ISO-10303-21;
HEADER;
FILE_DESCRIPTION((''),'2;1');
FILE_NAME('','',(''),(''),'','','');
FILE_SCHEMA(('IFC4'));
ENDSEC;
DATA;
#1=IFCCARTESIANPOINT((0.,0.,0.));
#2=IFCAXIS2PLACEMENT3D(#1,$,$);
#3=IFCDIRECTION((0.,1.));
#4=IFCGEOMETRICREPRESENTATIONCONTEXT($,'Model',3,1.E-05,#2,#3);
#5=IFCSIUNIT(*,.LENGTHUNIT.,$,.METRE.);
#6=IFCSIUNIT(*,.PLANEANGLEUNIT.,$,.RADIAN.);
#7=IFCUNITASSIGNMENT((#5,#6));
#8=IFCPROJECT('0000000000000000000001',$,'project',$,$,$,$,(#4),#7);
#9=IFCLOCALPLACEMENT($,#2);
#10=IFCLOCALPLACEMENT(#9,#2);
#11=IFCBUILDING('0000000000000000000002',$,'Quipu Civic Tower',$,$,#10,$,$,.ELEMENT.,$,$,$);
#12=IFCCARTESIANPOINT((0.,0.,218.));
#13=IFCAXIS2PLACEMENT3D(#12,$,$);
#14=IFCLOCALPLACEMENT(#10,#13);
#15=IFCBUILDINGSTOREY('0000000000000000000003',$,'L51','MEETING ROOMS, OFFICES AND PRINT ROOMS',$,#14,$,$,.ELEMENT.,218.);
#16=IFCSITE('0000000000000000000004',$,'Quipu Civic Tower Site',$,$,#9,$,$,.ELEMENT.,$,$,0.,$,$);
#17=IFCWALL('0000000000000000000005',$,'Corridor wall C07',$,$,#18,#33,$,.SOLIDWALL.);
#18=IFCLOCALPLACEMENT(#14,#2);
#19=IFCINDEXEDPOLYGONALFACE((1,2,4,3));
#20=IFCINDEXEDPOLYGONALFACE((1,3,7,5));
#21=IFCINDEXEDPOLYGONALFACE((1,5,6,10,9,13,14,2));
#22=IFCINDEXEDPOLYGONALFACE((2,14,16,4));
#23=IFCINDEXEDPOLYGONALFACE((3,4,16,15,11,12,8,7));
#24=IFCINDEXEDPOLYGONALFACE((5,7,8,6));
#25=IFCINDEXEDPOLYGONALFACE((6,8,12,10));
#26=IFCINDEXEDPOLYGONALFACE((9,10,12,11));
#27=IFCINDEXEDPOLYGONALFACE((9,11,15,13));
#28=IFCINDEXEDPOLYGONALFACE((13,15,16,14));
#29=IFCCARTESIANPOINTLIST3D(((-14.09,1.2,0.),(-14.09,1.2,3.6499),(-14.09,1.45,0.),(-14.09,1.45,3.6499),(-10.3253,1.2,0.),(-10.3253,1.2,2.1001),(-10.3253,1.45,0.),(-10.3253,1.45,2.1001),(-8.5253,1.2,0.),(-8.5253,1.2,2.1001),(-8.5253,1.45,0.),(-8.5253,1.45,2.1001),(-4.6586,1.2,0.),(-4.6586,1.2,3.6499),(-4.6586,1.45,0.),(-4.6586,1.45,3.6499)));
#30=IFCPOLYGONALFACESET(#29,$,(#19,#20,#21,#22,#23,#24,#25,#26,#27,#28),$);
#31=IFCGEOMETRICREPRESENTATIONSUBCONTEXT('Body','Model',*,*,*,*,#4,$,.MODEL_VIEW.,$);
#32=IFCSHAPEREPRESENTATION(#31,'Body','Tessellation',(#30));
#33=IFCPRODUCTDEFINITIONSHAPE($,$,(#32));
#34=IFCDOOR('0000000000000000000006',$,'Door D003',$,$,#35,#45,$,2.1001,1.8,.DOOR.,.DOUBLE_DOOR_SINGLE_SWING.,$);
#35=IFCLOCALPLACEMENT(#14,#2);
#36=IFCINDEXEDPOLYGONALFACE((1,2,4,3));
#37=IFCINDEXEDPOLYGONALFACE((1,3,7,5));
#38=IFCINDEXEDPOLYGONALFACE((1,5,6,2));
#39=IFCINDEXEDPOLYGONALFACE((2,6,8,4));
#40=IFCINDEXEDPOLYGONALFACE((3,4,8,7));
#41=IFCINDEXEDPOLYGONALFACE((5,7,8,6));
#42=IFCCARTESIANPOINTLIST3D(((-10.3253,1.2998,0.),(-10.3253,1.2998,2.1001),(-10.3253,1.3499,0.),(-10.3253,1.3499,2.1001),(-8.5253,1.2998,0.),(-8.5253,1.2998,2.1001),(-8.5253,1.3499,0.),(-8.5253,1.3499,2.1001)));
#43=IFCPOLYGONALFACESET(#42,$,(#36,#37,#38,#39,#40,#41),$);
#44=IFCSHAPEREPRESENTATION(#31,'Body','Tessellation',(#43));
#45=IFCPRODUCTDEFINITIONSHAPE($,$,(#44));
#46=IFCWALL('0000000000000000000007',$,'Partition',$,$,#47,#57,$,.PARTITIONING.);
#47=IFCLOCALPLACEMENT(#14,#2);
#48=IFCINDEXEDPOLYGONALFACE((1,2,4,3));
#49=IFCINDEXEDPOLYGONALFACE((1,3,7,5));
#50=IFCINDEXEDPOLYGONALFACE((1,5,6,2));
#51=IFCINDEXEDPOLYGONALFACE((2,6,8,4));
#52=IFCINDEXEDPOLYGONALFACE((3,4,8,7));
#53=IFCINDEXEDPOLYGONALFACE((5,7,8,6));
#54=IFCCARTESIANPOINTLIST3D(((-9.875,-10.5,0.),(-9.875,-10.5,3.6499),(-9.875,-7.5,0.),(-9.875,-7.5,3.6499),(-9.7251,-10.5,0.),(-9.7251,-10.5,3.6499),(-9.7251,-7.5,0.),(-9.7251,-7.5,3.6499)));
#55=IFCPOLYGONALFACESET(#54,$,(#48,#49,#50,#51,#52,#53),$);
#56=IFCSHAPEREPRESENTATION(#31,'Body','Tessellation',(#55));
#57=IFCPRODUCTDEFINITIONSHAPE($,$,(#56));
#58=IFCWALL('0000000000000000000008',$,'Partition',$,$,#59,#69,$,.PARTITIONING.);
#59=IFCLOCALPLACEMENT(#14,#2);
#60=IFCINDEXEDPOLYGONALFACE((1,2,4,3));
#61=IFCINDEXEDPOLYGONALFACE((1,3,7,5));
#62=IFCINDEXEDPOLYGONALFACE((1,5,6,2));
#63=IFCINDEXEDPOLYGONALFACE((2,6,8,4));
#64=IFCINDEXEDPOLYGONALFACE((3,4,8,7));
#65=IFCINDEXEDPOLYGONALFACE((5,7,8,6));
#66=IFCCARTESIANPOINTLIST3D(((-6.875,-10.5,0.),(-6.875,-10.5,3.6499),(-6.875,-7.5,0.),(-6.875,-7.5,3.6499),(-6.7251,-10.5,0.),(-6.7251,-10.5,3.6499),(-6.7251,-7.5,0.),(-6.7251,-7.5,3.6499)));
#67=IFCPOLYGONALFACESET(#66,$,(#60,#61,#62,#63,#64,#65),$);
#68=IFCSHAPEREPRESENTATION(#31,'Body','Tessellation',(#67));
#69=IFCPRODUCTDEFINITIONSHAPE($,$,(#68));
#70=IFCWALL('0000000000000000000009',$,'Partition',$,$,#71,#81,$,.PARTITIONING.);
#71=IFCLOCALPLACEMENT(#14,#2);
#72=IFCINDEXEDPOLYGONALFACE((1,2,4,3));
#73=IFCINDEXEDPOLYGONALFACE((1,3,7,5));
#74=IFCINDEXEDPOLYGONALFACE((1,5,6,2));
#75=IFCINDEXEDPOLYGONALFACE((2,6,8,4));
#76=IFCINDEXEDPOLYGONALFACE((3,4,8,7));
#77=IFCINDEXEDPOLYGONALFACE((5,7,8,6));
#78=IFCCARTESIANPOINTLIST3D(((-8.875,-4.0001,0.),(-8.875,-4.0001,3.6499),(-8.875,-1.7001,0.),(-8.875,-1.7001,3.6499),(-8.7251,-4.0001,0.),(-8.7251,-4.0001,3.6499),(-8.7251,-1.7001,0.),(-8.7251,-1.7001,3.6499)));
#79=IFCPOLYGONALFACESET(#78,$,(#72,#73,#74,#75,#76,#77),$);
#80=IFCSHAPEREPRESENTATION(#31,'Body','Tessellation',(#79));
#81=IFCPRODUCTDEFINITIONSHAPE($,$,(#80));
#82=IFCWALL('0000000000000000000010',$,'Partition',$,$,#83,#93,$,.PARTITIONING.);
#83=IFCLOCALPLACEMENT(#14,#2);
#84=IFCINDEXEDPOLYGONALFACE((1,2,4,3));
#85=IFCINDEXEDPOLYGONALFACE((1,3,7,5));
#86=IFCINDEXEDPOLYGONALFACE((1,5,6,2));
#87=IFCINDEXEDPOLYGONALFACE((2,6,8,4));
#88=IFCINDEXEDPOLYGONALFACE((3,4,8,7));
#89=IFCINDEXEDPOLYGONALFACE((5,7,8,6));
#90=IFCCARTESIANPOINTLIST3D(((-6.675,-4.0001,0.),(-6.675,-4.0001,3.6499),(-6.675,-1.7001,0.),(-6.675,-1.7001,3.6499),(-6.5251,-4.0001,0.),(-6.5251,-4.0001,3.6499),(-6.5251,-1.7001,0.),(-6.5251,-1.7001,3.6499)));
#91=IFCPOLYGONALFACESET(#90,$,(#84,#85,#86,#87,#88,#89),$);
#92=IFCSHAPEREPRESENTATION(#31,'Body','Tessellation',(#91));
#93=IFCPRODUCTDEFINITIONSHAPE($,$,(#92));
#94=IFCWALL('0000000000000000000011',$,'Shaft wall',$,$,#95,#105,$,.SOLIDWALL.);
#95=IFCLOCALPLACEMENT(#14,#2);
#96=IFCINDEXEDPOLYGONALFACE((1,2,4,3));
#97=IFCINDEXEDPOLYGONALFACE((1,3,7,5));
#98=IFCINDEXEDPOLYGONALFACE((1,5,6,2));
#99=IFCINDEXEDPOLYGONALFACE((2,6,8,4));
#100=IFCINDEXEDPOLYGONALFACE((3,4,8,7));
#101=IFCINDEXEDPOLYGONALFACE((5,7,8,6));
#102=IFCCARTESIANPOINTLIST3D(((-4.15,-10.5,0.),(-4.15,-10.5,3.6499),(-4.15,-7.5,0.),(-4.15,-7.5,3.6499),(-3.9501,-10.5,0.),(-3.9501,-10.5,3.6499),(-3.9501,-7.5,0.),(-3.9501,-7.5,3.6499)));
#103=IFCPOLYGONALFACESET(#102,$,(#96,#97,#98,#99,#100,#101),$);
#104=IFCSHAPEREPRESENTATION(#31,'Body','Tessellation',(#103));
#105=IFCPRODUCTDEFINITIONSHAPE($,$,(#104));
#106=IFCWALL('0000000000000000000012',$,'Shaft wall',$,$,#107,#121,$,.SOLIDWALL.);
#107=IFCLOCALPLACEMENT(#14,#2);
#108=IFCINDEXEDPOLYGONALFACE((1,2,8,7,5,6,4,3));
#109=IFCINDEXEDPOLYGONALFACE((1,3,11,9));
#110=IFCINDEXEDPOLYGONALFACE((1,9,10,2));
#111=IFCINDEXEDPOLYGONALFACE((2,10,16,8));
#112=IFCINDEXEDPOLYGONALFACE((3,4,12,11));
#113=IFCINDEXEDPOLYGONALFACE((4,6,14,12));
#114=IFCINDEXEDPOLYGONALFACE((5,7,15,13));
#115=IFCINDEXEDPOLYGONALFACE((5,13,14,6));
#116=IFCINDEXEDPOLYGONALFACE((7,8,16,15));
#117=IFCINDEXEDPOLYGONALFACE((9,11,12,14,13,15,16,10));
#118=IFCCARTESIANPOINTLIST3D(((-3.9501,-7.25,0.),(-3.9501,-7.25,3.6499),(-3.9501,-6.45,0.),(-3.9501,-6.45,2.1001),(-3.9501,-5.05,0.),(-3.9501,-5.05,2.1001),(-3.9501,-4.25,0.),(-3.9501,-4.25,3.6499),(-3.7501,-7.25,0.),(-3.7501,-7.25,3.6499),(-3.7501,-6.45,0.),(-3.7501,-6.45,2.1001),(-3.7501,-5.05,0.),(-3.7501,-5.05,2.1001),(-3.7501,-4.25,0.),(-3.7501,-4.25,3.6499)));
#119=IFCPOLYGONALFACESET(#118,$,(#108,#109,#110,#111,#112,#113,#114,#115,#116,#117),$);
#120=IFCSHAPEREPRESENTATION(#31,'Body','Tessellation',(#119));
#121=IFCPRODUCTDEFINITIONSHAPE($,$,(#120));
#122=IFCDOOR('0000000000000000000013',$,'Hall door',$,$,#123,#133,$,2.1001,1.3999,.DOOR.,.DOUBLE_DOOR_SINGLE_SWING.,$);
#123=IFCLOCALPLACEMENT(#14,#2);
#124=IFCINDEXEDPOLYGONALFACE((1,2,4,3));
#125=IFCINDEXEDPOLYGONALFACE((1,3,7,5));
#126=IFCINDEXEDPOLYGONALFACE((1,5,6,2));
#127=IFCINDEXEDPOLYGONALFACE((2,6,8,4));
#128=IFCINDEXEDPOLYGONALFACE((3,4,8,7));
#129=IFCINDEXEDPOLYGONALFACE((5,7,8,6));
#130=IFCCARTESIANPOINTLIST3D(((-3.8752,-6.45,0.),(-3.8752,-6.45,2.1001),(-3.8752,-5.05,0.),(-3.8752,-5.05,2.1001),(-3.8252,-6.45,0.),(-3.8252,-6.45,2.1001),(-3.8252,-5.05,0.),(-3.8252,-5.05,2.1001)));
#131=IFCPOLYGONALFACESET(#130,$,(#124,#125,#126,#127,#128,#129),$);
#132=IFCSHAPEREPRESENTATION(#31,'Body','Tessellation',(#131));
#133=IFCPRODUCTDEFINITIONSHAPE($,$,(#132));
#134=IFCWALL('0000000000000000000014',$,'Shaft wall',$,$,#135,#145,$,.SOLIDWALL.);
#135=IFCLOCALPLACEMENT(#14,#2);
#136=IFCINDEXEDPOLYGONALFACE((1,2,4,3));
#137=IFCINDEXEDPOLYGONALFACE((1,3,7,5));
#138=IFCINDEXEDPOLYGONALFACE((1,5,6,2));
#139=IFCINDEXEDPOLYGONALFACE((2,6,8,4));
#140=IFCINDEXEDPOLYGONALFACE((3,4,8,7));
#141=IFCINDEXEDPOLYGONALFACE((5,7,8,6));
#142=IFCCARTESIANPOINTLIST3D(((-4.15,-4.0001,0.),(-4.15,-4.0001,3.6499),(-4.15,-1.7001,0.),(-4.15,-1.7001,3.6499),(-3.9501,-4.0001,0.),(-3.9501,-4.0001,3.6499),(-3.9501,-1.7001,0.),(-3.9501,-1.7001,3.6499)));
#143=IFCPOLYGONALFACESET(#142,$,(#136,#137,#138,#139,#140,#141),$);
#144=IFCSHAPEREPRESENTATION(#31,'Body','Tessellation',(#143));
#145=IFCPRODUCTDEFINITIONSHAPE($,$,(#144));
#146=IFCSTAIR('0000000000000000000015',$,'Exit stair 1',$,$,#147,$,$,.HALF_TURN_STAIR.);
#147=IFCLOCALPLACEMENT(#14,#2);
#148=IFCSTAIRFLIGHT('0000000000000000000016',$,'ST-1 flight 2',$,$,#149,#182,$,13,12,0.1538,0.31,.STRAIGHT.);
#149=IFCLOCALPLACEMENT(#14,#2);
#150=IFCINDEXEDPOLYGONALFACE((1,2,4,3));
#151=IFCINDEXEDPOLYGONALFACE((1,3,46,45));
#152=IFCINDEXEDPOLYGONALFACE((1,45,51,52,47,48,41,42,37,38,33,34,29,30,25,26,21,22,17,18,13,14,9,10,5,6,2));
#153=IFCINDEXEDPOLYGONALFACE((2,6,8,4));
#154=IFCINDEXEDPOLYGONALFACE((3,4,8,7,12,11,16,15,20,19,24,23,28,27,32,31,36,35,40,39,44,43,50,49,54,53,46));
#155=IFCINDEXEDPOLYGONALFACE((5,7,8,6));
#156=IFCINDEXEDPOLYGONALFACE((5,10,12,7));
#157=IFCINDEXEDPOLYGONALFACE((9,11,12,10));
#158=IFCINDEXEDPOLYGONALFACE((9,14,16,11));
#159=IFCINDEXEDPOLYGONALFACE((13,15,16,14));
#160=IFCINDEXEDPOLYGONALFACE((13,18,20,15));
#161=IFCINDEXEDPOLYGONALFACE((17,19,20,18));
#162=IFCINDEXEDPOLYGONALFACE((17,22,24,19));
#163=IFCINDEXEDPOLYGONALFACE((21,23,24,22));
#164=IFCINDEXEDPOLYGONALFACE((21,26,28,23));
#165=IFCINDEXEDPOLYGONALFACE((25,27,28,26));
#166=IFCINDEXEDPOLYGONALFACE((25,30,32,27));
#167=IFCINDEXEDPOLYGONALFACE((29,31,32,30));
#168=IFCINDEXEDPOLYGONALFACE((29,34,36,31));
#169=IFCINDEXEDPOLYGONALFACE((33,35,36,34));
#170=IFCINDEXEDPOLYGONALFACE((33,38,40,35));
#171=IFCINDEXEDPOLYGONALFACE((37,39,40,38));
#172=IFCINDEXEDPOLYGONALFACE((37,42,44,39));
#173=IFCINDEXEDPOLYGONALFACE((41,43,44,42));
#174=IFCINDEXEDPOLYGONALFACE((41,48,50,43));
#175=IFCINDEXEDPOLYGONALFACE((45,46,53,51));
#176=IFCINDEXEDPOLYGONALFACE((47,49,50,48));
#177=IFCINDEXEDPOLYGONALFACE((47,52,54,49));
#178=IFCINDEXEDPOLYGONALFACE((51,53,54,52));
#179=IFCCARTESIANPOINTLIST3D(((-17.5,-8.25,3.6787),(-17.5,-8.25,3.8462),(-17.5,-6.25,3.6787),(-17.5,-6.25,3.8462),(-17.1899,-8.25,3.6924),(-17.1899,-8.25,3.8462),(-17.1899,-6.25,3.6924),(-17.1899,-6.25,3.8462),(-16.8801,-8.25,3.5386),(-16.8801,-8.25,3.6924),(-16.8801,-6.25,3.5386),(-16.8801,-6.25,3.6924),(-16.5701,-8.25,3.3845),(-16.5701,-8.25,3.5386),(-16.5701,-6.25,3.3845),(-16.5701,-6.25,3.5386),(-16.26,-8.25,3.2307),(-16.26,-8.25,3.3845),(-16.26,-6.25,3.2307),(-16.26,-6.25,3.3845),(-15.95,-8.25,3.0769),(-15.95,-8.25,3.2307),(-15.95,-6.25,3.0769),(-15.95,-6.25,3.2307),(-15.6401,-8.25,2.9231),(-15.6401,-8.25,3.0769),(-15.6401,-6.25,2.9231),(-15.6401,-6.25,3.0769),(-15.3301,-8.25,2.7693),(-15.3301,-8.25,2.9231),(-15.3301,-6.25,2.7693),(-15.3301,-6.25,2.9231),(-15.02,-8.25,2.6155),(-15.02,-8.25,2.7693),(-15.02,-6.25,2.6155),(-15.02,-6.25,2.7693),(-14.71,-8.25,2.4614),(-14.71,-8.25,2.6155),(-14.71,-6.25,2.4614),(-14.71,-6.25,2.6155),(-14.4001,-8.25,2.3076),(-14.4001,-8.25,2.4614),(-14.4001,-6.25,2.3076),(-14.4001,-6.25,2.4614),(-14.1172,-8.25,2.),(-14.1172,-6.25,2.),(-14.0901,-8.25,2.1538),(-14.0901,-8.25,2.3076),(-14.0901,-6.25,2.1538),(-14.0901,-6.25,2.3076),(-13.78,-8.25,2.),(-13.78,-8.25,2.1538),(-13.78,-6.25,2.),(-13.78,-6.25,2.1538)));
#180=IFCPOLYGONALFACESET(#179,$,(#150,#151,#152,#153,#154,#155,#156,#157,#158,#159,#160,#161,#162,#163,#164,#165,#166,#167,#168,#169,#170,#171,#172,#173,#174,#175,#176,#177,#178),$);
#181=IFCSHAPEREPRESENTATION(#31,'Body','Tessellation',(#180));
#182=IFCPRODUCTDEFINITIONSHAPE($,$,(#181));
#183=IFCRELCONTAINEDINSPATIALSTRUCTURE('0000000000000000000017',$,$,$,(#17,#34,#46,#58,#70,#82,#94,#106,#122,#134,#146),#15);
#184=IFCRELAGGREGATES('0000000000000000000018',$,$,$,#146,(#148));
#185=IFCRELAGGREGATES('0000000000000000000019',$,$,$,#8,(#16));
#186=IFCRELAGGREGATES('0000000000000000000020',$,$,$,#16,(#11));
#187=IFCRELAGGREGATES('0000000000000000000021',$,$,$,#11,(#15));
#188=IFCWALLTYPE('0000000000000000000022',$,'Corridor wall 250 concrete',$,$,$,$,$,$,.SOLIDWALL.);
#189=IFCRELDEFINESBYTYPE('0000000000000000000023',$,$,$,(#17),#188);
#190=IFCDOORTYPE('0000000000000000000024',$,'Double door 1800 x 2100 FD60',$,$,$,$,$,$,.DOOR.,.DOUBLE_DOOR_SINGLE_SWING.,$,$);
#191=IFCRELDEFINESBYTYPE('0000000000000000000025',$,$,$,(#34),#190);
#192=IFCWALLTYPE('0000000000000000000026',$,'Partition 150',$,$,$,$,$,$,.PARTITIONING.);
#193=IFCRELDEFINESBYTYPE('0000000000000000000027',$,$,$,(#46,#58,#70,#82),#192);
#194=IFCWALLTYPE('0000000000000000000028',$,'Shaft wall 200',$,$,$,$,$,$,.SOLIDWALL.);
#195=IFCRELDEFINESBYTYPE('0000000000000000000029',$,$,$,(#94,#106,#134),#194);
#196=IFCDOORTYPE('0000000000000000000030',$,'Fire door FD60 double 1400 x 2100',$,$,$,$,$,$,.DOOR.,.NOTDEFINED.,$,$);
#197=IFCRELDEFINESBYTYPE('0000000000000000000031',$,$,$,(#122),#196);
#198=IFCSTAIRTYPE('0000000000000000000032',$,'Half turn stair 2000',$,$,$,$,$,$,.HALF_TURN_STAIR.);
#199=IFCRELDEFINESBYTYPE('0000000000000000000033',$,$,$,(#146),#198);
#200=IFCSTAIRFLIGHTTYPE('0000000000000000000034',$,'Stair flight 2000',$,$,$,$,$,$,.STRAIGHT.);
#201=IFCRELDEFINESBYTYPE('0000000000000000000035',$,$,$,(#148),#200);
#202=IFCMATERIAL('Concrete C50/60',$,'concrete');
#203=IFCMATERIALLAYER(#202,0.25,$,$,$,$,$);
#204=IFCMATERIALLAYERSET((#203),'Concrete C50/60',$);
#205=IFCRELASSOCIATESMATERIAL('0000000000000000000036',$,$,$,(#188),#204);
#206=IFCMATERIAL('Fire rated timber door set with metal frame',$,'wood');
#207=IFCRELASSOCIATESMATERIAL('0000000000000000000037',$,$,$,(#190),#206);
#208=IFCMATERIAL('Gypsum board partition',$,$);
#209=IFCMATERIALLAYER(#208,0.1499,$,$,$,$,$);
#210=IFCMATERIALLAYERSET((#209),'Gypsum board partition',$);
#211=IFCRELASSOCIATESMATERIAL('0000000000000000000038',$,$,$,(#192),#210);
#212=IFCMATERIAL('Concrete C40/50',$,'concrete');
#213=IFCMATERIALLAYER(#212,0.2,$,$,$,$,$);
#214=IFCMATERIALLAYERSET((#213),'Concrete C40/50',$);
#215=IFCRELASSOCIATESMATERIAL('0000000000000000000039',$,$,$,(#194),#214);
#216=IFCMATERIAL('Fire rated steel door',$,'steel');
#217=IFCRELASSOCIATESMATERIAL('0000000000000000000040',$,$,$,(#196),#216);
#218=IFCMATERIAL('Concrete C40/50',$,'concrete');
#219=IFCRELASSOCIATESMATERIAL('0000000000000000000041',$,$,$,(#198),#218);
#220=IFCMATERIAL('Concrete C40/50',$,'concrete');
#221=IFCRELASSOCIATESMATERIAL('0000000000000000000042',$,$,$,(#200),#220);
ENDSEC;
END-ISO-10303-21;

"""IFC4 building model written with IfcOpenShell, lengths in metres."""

from ifc_helpers import new_model, si_unit, direction, frame, frame_2d, origin, place, context, subcontext, project, spatial, polyline, rectangle, outline, extrude, material, layer, layer_set, type_object, element, fill, aggregate, save


model = new_model("IFC4")

# Units and contexts
model_context = context("Model", 3, precision=1e-05, world=origin(), true_north=direction((0.0, 1.0)))
body_context = subcontext(model_context, "Body", "Model", "MODEL_VIEW")
ifc_project = project(units=[si_unit("LENGTHUNIT", "METRE"), si_unit("PLANEANGLEUNIT", "RADIAN")], contexts=[model_context])

# Site, building, storey
site_placement = place(None, origin())
site = spatial("IfcSite", under=ifc_project, at=site_placement, Name="Quipu Civic Tower Site", CompositionType="ELEMENT", RefElevation=0.0)
building_placement = place(site_placement, origin())
building = spatial("IfcBuilding", under=site, at=building_placement, Name="Quipu Civic Tower", CompositionType="ELEMENT")
storey_placement = place(building_placement, frame((0.0, 0.0, 218.0)))
storey = spatial("IfcBuildingStorey", under=building, at=storey_placement, Name="L51", Description="MEETING ROOMS, OFFICES AND PRINT ROOMS", CompositionType="ELEMENT", Elevation=218.0)

# Wall, opening, door
ifc_material_1 = material(Name="Concrete C50/60", Category="concrete")
ifc_layer_1 = layer(ifc_material_1, 0.25)
ifc_layer_set_1 = layer_set([ifc_layer_1], Name="Concrete C50/60")
wall_type_1 = type_object("IfcWallType", Name="Corridor wall 250 concrete", PredefinedType="SOLIDWALL", material=ifc_layer_set_1)
wall_1_placement = place(storey_placement, frame((-14.0901, 1.325, 0.0), z_axis=(0.0, 0.0, 1.0), x_axis=(1.0, 0.0, 0.0)))
wall_1 = element("IfcWall", 1, at=wall_1_placement, inside=storey, type_object=wall_type_1, Name="Corridor wall C07", PredefinedType="SOLIDWALL", context=body_context, shape_type="SweptSolid", body=[
    extrude(rectangle(XDim=9.4314, YDim=0.25, at=frame_2d((4.7158, 0.0))), origin(), (0.0, 0.0, 1.0), 3.6499),
])
opening_1_placement = place(wall_1_placement, frame((3.7649, 0.0, 0.0)))
opening_1 = element("IfcOpeningElement", 2, at=opening_1_placement, cuts=wall_1, PredefinedType="OPENING", context=body_context, shape_type="SweptSolid", body=[
    extrude(rectangle(XDim=1.8, YDim=2.1001, at=frame_2d((0.8999, 1.05))), frame((0.0, 0.135, 0.0), z_axis=(0.0, -1.0, 0.0), x_axis=(1.0, 0.0, 0.0)), (0.0, 0.0, 1.0), 0.27),
])
ifc_material_2 = material(Name="Fire rated timber door set with metal frame", Category="wood")
door_type_1 = type_object("IfcDoorType", Name="Double door 1800 x 2100 FD60", OperationType="DOUBLE_DOOR_SINGLE_SWING", PredefinedType="DOOR", material=ifc_material_2)
door_1_placement = place(opening_1_placement, origin())
door_1 = element("IfcDoor", 3, at=door_1_placement, inside=storey, type_object=door_type_1, Name="Door D003", OperationType="DOUBLE_DOOR_SINGLE_SWING", OverallHeight=2.1001, OverallWidth=1.8, PredefinedType="DOOR", context=body_context, shape_type="SweptSolid", body=[
    extrude(rectangle(XDim=1.8, YDim=2.1001, at=frame_2d((0.8999, 1.05))), frame((0.0, 0.0249, 0.0), z_axis=(0.0, -1.0, 0.0), x_axis=(1.0, 0.0, 0.0)), (0.0, 0.0, 1.0), 0.05),
])
fill(opening_1, door_1)

# Walls
ifc_material_3 = material(Name="Gypsum board partition")
ifc_layer_2 = layer(ifc_material_3, 0.1499)
ifc_layer_set_2 = layer_set([ifc_layer_2], Name="Gypsum board partition")
wall_type_2 = type_object("IfcWallType", Name="Partition 150", PredefinedType="PARTITIONING", material=ifc_layer_set_2)
for number, where, z_axis, x_axis, name in (
    (4, (-9.8, -10.5, 0.0), (0.0, 0.0, 1.0), (0.0, 1.0, 0.0), "Partition"),
    (5, (-6.8, -10.5, 0.0), (0.0, 0.0, 1.0), (0.0, 1.0, 0.0), "Partition"),
):
    element("IfcWall", number, at=place(storey_placement, frame(where, z_axis=z_axis, x_axis=x_axis)), inside=storey, type_object=wall_type_2, Name=name, PredefinedType="PARTITIONING", context=body_context, shape_type="SweptSolid", body=[
        extrude(rectangle(XDim=3.0, YDim=0.1499, at=frame_2d((1.5, 0.0))), origin(), (0.0, 0.0, 1.0), 3.6499),
    ])
for number, where, z_axis, x_axis, name in (
    (6, (-8.8, -4.0, 0.0), (0.0, 0.0, 1.0), (0.0, 1.0, 0.0), "Partition"),
    (7, (-6.6001, -4.0, 0.0), (0.0, 0.0, 1.0), (0.0, 1.0, 0.0), "Partition"),
):
    element("IfcWall", number, at=place(storey_placement, frame(where, z_axis=z_axis, x_axis=x_axis)), inside=storey, type_object=wall_type_2, Name=name, PredefinedType="PARTITIONING", context=body_context, shape_type="SweptSolid", body=[
        extrude(rectangle(XDim=2.3, YDim=0.1499, at=frame_2d((1.1499, 0.0))), origin(), (0.0, 0.0, 1.0), 3.6499),
    ])
ifc_material_4 = material(Name="Concrete C40/50", Category="concrete")
ifc_layer_3 = layer(ifc_material_4, 0.2)
ifc_layer_set_3 = layer_set([ifc_layer_3], Name="Concrete C40/50")
wall_type_3 = type_object("IfcWallType", Name="Shaft wall 200", PredefinedType="SOLIDWALL", material=ifc_layer_set_3)
wall_2_placement = place(storey_placement, frame((-4.05, -10.5, 0.0), z_axis=(0.0, 0.0, 1.0), x_axis=(0.0, 1.0, 0.0)))
element("IfcWall", 8, at=wall_2_placement, inside=storey, type_object=wall_type_3, Name="Shaft wall", PredefinedType="SOLIDWALL", context=body_context, shape_type="SweptSolid", body=[
    extrude(rectangle(XDim=3.0, YDim=0.2, at=frame_2d((1.5, 0.0))), origin(), (0.0, 0.0, 1.0), 3.6499),
])

# Wall, opening, door
wall_3_placement = place(storey_placement, frame((-3.8501, -4.25, 0.0), z_axis=(0.0, 0.0, 1.0), x_axis=(0.0, -1.0, 0.0)))
wall_3 = element("IfcWall", 9, at=wall_3_placement, inside=storey, type_object=wall_type_3, Name="Shaft wall", PredefinedType="SOLIDWALL", context=body_context, shape_type="SweptSolid", body=[
    extrude(rectangle(XDim=3.0, YDim=0.2, at=frame_2d((1.5, 0.0))), origin(), (0.0, 0.0, 1.0), 3.6499),
])
opening_2_placement = place(wall_3_placement, frame((0.8, 0.0, 0.0)))
opening_2 = element("IfcOpeningElement", 10, at=opening_2_placement, cuts=wall_3, PredefinedType="OPENING", context=body_context, shape_type="SweptSolid", body=[
    extrude(rectangle(XDim=1.3999, YDim=2.1001, at=frame_2d((0.7, 1.05))), frame((0.0, 0.1099, 0.0), z_axis=(0.0, -1.0, 0.0), x_axis=(1.0, 0.0, 0.0)), (0.0, 0.0, 1.0), 0.22),
])
ifc_material_5 = material(Name="Fire rated steel door", Category="steel")
door_type_2 = type_object("IfcDoorType", Name="Fire door FD60 double 1400 x 2100", OperationType="NOTDEFINED", PredefinedType="DOOR", material=ifc_material_5)
door_2_placement = place(opening_2_placement, origin())
door_2 = element("IfcDoor", 11, at=door_2_placement, inside=storey, type_object=door_type_2, Name="Hall door", OperationType="DOUBLE_DOOR_SINGLE_SWING", OverallHeight=2.1001, OverallWidth=1.3999, PredefinedType="DOOR", context=body_context, shape_type="SweptSolid", body=[
    extrude(rectangle(XDim=1.3999, YDim=2.1001, at=frame_2d((0.7, 1.05))), frame((0.0, 0.0249, 0.0), z_axis=(0.0, -1.0, 0.0), x_axis=(1.0, 0.0, 0.0)), (0.0, 0.0, 1.0), 0.05),
])
fill(opening_2, door_2)

# Wall
wall_4_placement = place(storey_placement, frame((-4.05, -4.0, 0.0), z_axis=(0.0, 0.0, 1.0), x_axis=(0.0, 1.0, 0.0)))
element("IfcWall", 12, at=wall_4_placement, inside=storey, type_object=wall_type_3, Name="Shaft wall", PredefinedType="SOLIDWALL", context=body_context, shape_type="SweptSolid", body=[
    extrude(rectangle(XDim=2.3, YDim=0.2, at=frame_2d((1.1499, 0.0))), origin(), (0.0, 0.0, 1.0), 3.6499),
])

# Stair, stair flight
ifc_material_6 = material(Name="Concrete C40/50", Category="concrete")
stair_type = type_object("IfcStairType", Name="Half turn stair 2000", PredefinedType="HALF_TURN_STAIR", material=ifc_material_6)
stair_placement = place(storey_placement, origin())
stair = element("IfcStair", 13, at=stair_placement, inside=storey, type_object=stair_type, Name="Exit stair 1", PredefinedType="HALF_TURN_STAIR")
ifc_material_7 = material(Name="Concrete C40/50", Category="concrete")
stair_flight_type = type_object("IfcStairFlightType", Name="Stair flight 2000", PredefinedType="STRAIGHT", material=ifc_material_7)
stair_flight_placement = place(storey_placement, frame((-13.78, -7.25, 2.0), z_axis=(0.0, 0.0, 1.0), x_axis=(-1.0, 0.0, 0.0)))
stair_flight = element("IfcStairFlight", 14, at=stair_flight_placement, type_object=stair_flight_type, Name="ST-1 flight 2", NumberOfRisers=13, NumberOfTreads=12, PredefinedType="STRAIGHT", RiserHeight=0.1538, TreadLength=0.31, context=body_context, shape_type="SweptSolid", body=[
    extrude(outline(polyline([(0.0, 0.0), (0.0, 0.1538), (0.3101, 0.1538), (0.3101, 0.3076), (0.6201, 0.3076), (0.6201, 0.4614), (0.9299, 0.4614), (0.9299, 0.6155), (1.24, 0.6155), (1.24, 0.7693), (1.55, 0.7693), (1.55, 0.9231), (1.8601, 0.9231), (1.8601, 1.0769), (2.1699, 1.0769), (2.1699, 1.2307), (2.48, 1.2307), (2.48, 1.3845), (2.79, 1.3845), (2.79, 1.5386), (3.1001, 1.5386), (3.1001, 1.6924), (3.4099, 1.6924), (3.4099, 1.8462), (3.72, 1.8462), (3.72, 2.0), (3.72, 1.6787), (0.3372, 0.0), (0.0, 0.0)])), frame((0.0, 1.0, 0.0), z_axis=(0.0, -1.0, 0.0), x_axis=(1.0, 0.0, 0.0)), (0.0, 0.0, 1.0), 2.0),
])
aggregate(stair, [stair_flight])

save(model, "model.ifc")
